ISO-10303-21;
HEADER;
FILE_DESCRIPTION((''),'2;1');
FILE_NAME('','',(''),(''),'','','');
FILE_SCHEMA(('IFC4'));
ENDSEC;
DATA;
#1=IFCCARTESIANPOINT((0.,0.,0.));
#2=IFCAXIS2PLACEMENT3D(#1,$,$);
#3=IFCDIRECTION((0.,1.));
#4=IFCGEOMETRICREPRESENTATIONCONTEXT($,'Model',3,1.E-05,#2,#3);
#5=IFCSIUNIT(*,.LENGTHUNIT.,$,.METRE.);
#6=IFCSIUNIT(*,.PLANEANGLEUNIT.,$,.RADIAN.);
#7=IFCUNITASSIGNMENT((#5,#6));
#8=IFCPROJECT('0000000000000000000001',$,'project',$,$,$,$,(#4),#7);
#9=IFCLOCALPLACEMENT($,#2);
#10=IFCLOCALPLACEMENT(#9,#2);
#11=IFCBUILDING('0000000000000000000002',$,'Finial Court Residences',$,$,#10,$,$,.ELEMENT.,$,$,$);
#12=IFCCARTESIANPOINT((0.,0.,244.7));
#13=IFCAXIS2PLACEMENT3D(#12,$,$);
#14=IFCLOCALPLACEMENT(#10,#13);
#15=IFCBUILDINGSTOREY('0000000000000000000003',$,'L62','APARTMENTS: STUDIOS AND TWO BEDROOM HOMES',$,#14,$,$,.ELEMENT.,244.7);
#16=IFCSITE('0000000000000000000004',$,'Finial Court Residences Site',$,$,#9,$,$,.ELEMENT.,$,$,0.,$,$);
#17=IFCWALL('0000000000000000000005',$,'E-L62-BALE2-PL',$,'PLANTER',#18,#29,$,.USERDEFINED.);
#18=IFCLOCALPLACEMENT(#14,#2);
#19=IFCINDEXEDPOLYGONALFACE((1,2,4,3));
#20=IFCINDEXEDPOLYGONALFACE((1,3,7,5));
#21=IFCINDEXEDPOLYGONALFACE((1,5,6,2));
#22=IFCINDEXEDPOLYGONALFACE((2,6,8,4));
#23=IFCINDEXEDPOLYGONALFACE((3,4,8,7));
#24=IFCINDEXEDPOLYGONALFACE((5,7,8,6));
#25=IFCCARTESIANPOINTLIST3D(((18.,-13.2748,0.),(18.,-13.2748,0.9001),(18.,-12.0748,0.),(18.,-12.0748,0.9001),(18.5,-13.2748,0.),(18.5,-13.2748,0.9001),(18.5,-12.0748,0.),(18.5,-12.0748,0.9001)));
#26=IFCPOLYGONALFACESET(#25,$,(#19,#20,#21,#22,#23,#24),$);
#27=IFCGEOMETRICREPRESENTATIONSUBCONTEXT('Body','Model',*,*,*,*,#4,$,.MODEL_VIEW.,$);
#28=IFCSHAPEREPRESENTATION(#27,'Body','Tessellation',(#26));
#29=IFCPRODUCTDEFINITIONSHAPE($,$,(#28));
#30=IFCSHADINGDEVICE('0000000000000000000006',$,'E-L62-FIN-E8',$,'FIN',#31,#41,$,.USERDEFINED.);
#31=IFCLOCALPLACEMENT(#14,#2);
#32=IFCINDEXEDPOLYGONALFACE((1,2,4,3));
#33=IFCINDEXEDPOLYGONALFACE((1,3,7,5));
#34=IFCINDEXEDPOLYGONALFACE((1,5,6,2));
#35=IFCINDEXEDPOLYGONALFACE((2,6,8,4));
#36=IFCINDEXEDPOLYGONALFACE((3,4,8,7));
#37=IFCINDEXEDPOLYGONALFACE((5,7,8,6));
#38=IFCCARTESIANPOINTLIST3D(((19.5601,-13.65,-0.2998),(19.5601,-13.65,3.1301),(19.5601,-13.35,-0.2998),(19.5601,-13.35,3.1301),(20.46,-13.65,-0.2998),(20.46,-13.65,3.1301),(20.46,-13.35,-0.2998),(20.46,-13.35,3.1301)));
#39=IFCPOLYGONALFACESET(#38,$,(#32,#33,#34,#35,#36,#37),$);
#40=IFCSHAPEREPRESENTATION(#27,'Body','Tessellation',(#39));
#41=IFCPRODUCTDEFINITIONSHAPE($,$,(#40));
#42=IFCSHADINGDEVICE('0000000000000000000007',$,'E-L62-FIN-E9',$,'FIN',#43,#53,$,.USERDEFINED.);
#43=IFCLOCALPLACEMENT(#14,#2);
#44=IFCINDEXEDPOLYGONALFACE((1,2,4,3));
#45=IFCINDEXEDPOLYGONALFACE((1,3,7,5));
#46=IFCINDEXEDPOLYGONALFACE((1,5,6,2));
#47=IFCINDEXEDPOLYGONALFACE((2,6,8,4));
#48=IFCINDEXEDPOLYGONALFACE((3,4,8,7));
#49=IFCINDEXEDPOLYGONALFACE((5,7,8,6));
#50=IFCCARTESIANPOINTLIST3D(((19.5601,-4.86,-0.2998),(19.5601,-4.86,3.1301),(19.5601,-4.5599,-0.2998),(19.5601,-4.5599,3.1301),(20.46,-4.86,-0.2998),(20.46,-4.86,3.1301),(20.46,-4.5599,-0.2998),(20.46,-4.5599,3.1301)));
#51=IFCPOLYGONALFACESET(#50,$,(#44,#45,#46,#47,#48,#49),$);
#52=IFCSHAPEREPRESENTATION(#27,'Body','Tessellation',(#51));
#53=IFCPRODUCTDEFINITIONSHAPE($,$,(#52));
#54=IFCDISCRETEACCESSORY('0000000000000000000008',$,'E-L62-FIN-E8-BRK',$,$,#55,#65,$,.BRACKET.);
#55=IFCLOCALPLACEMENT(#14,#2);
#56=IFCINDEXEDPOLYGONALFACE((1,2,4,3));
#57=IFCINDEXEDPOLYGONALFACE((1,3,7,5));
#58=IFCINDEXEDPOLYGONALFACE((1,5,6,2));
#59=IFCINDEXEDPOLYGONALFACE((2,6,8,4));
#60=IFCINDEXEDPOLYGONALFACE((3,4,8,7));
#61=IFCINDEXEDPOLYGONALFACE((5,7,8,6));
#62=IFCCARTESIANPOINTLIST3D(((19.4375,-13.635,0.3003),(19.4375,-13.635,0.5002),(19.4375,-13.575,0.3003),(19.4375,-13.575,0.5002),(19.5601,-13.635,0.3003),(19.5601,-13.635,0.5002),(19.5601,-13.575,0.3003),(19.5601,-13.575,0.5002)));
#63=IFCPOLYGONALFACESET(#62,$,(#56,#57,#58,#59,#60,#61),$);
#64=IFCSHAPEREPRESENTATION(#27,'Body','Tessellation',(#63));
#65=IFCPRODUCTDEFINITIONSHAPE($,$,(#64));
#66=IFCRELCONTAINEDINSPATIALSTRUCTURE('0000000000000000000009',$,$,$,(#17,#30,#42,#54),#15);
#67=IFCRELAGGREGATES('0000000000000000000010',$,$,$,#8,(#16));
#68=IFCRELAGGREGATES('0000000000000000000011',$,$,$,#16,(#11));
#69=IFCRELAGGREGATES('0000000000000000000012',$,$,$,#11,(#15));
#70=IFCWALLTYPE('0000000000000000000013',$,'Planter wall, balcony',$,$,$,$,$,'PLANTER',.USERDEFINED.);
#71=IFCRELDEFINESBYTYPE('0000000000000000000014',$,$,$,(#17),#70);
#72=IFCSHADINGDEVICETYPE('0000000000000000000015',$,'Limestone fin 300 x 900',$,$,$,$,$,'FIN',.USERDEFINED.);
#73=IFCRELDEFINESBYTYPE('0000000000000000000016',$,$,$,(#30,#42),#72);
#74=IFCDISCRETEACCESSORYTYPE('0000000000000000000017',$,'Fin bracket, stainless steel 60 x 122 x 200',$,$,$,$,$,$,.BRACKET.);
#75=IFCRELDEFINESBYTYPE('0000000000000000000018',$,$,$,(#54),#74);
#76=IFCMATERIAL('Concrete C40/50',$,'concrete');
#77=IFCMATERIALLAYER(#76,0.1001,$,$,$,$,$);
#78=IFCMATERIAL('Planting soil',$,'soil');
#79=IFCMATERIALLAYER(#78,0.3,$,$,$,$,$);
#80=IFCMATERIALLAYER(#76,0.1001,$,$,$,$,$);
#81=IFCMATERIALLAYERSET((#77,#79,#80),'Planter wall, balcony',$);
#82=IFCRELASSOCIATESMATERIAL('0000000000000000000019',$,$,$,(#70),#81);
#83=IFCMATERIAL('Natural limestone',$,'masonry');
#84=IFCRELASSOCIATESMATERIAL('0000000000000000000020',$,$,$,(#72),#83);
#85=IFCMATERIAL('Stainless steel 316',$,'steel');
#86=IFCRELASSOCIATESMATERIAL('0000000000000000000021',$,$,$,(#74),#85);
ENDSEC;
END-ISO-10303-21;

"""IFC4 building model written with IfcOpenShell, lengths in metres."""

from ifc_helpers import new_model, si_unit, direction, frame, frame_2d, origin, origin_2d, place, context, subcontext, project, spatial, rectangle, extrude, material, layer, layer_set, type_object, element, save


model = new_model("IFC4")

# Units and contexts
model_context = context("Model", 3, precision=1e-05, world=origin(), true_north=direction((0.0, 1.0)))
body_context = subcontext(model_context, "Body", "Model", "MODEL_VIEW")
ifc_project = project(units=[si_unit("LENGTHUNIT", "METRE"), si_unit("PLANEANGLEUNIT", "RADIAN")], contexts=[model_context])

# Site, building, storey
site_placement = place(None, origin())
site = spatial("IfcSite", under=ifc_project, at=site_placement, Name="Finial Court Residences Site", CompositionType="ELEMENT", RefElevation=0.0)
building_placement = place(site_placement, origin())
building = spatial("IfcBuilding", under=site, at=building_placement, Name="Finial Court Residences", CompositionType="ELEMENT")
storey_placement = place(building_placement, frame((0.0, 0.0, 244.7)))
storey = spatial("IfcBuildingStorey", under=building, at=storey_placement, Name="L62", Description="APARTMENTS: STUDIOS AND TWO BEDROOM HOMES", CompositionType="ELEMENT", Elevation=244.7)

# Shared definitions
ifc_material_1 = material(Name="Natural limestone", Category="masonry")

# Wall
ifc_material_2 = material(Name="Concrete C40/50", Category="concrete")
ifc_layer_1 = layer(ifc_material_2, 0.1001)
ifc_material_3 = material(Name="Planting soil", Category="soil")
ifc_layer_2 = layer(ifc_material_3, 0.3)
ifc_layer_3 = layer(ifc_material_2, 0.1001)
ifc_layer_set_1 = layer_set([ifc_layer_1, ifc_layer_2, ifc_layer_3], Name="Planter wall, balcony")
wall_type_1 = type_object("IfcWallType", Name="Planter wall, balcony", ElementType="PLANTER", PredefinedType="USERDEFINED", material=ifc_layer_set_1)
wall_1_placement = place(storey_placement, frame((18.25, -13.2749, 0.0), z_axis=(0.0, 0.0, 1.0), x_axis=(0.0, 1.0, 0.0)))
element("IfcWall", 1, at=wall_1_placement, inside=storey, type_object=wall_type_1, Name="E-L62-BALE2-PL", ObjectType="PLANTER", PredefinedType="USERDEFINED", context=body_context, shape_type="SweptSolid", body=[
    extrude(rectangle(XDim=1.2, YDim=0.5, at=frame_2d((0.6001, 0.0))), origin(), (0.0, 0.0, 1.0), 0.9001),
])

# Shading devices
shading_device_type = type_object("IfcShadingDeviceType", Name="Limestone fin 300 x 900", ElementType="FIN", PredefinedType="USERDEFINED", material=ifc_material_1)
for number, where, z_axis, x_axis, name in (
    (2, (20.01, -13.5, -0.2998), (0.0, 0.0, 1.0), (1.0, 0.0, 0.0), "E-L62-FIN-E8"),
    (3, (20.01, -4.71, -0.2998), (0.0, 0.0, 1.0), (1.0, 0.0, 0.0), "E-L62-FIN-E9"),
):
    element("IfcShadingDevice", number, at=place(storey_placement, frame(where, z_axis=z_axis, x_axis=x_axis)), inside=storey, type_object=shading_device_type, Name=name, ObjectType="FIN", PredefinedType="USERDEFINED", context=body_context, shape_type="SweptSolid", body=[
        extrude(rectangle(XDim=0.8999, YDim=0.3, at=origin_2d()), origin(), (0.0, 0.0, 1.0), 3.4299),
    ])

# Discrete accessory
ifc_material_4 = material(Name="Stainless steel 316", Category="steel")
discrete_accessory_type = type_object("IfcDiscreteAccessoryType", Name="Fin bracket, stainless steel 60 x 122 x 200", PredefinedType="BRACKET", material=ifc_material_4)
discrete_accessory_placement = place(storey_placement, frame((19.4988, -13.605, 0.3003), z_axis=(0.0, 0.0, 1.0), x_axis=(1.0, 0.0, 0.0)))
element("IfcDiscreteAccessory", 4, at=discrete_accessory_placement, inside=storey, type_object=discrete_accessory_type, Name="E-L62-FIN-E8-BRK", PredefinedType="BRACKET", context=body_context, shape_type="SweptSolid", body=[
    extrude(rectangle(XDim=0.1226, YDim=0.0601, at=origin_2d()), origin(), (0.0, 0.0, 1.0), 0.2),
])

save(model, "model.ifc")
